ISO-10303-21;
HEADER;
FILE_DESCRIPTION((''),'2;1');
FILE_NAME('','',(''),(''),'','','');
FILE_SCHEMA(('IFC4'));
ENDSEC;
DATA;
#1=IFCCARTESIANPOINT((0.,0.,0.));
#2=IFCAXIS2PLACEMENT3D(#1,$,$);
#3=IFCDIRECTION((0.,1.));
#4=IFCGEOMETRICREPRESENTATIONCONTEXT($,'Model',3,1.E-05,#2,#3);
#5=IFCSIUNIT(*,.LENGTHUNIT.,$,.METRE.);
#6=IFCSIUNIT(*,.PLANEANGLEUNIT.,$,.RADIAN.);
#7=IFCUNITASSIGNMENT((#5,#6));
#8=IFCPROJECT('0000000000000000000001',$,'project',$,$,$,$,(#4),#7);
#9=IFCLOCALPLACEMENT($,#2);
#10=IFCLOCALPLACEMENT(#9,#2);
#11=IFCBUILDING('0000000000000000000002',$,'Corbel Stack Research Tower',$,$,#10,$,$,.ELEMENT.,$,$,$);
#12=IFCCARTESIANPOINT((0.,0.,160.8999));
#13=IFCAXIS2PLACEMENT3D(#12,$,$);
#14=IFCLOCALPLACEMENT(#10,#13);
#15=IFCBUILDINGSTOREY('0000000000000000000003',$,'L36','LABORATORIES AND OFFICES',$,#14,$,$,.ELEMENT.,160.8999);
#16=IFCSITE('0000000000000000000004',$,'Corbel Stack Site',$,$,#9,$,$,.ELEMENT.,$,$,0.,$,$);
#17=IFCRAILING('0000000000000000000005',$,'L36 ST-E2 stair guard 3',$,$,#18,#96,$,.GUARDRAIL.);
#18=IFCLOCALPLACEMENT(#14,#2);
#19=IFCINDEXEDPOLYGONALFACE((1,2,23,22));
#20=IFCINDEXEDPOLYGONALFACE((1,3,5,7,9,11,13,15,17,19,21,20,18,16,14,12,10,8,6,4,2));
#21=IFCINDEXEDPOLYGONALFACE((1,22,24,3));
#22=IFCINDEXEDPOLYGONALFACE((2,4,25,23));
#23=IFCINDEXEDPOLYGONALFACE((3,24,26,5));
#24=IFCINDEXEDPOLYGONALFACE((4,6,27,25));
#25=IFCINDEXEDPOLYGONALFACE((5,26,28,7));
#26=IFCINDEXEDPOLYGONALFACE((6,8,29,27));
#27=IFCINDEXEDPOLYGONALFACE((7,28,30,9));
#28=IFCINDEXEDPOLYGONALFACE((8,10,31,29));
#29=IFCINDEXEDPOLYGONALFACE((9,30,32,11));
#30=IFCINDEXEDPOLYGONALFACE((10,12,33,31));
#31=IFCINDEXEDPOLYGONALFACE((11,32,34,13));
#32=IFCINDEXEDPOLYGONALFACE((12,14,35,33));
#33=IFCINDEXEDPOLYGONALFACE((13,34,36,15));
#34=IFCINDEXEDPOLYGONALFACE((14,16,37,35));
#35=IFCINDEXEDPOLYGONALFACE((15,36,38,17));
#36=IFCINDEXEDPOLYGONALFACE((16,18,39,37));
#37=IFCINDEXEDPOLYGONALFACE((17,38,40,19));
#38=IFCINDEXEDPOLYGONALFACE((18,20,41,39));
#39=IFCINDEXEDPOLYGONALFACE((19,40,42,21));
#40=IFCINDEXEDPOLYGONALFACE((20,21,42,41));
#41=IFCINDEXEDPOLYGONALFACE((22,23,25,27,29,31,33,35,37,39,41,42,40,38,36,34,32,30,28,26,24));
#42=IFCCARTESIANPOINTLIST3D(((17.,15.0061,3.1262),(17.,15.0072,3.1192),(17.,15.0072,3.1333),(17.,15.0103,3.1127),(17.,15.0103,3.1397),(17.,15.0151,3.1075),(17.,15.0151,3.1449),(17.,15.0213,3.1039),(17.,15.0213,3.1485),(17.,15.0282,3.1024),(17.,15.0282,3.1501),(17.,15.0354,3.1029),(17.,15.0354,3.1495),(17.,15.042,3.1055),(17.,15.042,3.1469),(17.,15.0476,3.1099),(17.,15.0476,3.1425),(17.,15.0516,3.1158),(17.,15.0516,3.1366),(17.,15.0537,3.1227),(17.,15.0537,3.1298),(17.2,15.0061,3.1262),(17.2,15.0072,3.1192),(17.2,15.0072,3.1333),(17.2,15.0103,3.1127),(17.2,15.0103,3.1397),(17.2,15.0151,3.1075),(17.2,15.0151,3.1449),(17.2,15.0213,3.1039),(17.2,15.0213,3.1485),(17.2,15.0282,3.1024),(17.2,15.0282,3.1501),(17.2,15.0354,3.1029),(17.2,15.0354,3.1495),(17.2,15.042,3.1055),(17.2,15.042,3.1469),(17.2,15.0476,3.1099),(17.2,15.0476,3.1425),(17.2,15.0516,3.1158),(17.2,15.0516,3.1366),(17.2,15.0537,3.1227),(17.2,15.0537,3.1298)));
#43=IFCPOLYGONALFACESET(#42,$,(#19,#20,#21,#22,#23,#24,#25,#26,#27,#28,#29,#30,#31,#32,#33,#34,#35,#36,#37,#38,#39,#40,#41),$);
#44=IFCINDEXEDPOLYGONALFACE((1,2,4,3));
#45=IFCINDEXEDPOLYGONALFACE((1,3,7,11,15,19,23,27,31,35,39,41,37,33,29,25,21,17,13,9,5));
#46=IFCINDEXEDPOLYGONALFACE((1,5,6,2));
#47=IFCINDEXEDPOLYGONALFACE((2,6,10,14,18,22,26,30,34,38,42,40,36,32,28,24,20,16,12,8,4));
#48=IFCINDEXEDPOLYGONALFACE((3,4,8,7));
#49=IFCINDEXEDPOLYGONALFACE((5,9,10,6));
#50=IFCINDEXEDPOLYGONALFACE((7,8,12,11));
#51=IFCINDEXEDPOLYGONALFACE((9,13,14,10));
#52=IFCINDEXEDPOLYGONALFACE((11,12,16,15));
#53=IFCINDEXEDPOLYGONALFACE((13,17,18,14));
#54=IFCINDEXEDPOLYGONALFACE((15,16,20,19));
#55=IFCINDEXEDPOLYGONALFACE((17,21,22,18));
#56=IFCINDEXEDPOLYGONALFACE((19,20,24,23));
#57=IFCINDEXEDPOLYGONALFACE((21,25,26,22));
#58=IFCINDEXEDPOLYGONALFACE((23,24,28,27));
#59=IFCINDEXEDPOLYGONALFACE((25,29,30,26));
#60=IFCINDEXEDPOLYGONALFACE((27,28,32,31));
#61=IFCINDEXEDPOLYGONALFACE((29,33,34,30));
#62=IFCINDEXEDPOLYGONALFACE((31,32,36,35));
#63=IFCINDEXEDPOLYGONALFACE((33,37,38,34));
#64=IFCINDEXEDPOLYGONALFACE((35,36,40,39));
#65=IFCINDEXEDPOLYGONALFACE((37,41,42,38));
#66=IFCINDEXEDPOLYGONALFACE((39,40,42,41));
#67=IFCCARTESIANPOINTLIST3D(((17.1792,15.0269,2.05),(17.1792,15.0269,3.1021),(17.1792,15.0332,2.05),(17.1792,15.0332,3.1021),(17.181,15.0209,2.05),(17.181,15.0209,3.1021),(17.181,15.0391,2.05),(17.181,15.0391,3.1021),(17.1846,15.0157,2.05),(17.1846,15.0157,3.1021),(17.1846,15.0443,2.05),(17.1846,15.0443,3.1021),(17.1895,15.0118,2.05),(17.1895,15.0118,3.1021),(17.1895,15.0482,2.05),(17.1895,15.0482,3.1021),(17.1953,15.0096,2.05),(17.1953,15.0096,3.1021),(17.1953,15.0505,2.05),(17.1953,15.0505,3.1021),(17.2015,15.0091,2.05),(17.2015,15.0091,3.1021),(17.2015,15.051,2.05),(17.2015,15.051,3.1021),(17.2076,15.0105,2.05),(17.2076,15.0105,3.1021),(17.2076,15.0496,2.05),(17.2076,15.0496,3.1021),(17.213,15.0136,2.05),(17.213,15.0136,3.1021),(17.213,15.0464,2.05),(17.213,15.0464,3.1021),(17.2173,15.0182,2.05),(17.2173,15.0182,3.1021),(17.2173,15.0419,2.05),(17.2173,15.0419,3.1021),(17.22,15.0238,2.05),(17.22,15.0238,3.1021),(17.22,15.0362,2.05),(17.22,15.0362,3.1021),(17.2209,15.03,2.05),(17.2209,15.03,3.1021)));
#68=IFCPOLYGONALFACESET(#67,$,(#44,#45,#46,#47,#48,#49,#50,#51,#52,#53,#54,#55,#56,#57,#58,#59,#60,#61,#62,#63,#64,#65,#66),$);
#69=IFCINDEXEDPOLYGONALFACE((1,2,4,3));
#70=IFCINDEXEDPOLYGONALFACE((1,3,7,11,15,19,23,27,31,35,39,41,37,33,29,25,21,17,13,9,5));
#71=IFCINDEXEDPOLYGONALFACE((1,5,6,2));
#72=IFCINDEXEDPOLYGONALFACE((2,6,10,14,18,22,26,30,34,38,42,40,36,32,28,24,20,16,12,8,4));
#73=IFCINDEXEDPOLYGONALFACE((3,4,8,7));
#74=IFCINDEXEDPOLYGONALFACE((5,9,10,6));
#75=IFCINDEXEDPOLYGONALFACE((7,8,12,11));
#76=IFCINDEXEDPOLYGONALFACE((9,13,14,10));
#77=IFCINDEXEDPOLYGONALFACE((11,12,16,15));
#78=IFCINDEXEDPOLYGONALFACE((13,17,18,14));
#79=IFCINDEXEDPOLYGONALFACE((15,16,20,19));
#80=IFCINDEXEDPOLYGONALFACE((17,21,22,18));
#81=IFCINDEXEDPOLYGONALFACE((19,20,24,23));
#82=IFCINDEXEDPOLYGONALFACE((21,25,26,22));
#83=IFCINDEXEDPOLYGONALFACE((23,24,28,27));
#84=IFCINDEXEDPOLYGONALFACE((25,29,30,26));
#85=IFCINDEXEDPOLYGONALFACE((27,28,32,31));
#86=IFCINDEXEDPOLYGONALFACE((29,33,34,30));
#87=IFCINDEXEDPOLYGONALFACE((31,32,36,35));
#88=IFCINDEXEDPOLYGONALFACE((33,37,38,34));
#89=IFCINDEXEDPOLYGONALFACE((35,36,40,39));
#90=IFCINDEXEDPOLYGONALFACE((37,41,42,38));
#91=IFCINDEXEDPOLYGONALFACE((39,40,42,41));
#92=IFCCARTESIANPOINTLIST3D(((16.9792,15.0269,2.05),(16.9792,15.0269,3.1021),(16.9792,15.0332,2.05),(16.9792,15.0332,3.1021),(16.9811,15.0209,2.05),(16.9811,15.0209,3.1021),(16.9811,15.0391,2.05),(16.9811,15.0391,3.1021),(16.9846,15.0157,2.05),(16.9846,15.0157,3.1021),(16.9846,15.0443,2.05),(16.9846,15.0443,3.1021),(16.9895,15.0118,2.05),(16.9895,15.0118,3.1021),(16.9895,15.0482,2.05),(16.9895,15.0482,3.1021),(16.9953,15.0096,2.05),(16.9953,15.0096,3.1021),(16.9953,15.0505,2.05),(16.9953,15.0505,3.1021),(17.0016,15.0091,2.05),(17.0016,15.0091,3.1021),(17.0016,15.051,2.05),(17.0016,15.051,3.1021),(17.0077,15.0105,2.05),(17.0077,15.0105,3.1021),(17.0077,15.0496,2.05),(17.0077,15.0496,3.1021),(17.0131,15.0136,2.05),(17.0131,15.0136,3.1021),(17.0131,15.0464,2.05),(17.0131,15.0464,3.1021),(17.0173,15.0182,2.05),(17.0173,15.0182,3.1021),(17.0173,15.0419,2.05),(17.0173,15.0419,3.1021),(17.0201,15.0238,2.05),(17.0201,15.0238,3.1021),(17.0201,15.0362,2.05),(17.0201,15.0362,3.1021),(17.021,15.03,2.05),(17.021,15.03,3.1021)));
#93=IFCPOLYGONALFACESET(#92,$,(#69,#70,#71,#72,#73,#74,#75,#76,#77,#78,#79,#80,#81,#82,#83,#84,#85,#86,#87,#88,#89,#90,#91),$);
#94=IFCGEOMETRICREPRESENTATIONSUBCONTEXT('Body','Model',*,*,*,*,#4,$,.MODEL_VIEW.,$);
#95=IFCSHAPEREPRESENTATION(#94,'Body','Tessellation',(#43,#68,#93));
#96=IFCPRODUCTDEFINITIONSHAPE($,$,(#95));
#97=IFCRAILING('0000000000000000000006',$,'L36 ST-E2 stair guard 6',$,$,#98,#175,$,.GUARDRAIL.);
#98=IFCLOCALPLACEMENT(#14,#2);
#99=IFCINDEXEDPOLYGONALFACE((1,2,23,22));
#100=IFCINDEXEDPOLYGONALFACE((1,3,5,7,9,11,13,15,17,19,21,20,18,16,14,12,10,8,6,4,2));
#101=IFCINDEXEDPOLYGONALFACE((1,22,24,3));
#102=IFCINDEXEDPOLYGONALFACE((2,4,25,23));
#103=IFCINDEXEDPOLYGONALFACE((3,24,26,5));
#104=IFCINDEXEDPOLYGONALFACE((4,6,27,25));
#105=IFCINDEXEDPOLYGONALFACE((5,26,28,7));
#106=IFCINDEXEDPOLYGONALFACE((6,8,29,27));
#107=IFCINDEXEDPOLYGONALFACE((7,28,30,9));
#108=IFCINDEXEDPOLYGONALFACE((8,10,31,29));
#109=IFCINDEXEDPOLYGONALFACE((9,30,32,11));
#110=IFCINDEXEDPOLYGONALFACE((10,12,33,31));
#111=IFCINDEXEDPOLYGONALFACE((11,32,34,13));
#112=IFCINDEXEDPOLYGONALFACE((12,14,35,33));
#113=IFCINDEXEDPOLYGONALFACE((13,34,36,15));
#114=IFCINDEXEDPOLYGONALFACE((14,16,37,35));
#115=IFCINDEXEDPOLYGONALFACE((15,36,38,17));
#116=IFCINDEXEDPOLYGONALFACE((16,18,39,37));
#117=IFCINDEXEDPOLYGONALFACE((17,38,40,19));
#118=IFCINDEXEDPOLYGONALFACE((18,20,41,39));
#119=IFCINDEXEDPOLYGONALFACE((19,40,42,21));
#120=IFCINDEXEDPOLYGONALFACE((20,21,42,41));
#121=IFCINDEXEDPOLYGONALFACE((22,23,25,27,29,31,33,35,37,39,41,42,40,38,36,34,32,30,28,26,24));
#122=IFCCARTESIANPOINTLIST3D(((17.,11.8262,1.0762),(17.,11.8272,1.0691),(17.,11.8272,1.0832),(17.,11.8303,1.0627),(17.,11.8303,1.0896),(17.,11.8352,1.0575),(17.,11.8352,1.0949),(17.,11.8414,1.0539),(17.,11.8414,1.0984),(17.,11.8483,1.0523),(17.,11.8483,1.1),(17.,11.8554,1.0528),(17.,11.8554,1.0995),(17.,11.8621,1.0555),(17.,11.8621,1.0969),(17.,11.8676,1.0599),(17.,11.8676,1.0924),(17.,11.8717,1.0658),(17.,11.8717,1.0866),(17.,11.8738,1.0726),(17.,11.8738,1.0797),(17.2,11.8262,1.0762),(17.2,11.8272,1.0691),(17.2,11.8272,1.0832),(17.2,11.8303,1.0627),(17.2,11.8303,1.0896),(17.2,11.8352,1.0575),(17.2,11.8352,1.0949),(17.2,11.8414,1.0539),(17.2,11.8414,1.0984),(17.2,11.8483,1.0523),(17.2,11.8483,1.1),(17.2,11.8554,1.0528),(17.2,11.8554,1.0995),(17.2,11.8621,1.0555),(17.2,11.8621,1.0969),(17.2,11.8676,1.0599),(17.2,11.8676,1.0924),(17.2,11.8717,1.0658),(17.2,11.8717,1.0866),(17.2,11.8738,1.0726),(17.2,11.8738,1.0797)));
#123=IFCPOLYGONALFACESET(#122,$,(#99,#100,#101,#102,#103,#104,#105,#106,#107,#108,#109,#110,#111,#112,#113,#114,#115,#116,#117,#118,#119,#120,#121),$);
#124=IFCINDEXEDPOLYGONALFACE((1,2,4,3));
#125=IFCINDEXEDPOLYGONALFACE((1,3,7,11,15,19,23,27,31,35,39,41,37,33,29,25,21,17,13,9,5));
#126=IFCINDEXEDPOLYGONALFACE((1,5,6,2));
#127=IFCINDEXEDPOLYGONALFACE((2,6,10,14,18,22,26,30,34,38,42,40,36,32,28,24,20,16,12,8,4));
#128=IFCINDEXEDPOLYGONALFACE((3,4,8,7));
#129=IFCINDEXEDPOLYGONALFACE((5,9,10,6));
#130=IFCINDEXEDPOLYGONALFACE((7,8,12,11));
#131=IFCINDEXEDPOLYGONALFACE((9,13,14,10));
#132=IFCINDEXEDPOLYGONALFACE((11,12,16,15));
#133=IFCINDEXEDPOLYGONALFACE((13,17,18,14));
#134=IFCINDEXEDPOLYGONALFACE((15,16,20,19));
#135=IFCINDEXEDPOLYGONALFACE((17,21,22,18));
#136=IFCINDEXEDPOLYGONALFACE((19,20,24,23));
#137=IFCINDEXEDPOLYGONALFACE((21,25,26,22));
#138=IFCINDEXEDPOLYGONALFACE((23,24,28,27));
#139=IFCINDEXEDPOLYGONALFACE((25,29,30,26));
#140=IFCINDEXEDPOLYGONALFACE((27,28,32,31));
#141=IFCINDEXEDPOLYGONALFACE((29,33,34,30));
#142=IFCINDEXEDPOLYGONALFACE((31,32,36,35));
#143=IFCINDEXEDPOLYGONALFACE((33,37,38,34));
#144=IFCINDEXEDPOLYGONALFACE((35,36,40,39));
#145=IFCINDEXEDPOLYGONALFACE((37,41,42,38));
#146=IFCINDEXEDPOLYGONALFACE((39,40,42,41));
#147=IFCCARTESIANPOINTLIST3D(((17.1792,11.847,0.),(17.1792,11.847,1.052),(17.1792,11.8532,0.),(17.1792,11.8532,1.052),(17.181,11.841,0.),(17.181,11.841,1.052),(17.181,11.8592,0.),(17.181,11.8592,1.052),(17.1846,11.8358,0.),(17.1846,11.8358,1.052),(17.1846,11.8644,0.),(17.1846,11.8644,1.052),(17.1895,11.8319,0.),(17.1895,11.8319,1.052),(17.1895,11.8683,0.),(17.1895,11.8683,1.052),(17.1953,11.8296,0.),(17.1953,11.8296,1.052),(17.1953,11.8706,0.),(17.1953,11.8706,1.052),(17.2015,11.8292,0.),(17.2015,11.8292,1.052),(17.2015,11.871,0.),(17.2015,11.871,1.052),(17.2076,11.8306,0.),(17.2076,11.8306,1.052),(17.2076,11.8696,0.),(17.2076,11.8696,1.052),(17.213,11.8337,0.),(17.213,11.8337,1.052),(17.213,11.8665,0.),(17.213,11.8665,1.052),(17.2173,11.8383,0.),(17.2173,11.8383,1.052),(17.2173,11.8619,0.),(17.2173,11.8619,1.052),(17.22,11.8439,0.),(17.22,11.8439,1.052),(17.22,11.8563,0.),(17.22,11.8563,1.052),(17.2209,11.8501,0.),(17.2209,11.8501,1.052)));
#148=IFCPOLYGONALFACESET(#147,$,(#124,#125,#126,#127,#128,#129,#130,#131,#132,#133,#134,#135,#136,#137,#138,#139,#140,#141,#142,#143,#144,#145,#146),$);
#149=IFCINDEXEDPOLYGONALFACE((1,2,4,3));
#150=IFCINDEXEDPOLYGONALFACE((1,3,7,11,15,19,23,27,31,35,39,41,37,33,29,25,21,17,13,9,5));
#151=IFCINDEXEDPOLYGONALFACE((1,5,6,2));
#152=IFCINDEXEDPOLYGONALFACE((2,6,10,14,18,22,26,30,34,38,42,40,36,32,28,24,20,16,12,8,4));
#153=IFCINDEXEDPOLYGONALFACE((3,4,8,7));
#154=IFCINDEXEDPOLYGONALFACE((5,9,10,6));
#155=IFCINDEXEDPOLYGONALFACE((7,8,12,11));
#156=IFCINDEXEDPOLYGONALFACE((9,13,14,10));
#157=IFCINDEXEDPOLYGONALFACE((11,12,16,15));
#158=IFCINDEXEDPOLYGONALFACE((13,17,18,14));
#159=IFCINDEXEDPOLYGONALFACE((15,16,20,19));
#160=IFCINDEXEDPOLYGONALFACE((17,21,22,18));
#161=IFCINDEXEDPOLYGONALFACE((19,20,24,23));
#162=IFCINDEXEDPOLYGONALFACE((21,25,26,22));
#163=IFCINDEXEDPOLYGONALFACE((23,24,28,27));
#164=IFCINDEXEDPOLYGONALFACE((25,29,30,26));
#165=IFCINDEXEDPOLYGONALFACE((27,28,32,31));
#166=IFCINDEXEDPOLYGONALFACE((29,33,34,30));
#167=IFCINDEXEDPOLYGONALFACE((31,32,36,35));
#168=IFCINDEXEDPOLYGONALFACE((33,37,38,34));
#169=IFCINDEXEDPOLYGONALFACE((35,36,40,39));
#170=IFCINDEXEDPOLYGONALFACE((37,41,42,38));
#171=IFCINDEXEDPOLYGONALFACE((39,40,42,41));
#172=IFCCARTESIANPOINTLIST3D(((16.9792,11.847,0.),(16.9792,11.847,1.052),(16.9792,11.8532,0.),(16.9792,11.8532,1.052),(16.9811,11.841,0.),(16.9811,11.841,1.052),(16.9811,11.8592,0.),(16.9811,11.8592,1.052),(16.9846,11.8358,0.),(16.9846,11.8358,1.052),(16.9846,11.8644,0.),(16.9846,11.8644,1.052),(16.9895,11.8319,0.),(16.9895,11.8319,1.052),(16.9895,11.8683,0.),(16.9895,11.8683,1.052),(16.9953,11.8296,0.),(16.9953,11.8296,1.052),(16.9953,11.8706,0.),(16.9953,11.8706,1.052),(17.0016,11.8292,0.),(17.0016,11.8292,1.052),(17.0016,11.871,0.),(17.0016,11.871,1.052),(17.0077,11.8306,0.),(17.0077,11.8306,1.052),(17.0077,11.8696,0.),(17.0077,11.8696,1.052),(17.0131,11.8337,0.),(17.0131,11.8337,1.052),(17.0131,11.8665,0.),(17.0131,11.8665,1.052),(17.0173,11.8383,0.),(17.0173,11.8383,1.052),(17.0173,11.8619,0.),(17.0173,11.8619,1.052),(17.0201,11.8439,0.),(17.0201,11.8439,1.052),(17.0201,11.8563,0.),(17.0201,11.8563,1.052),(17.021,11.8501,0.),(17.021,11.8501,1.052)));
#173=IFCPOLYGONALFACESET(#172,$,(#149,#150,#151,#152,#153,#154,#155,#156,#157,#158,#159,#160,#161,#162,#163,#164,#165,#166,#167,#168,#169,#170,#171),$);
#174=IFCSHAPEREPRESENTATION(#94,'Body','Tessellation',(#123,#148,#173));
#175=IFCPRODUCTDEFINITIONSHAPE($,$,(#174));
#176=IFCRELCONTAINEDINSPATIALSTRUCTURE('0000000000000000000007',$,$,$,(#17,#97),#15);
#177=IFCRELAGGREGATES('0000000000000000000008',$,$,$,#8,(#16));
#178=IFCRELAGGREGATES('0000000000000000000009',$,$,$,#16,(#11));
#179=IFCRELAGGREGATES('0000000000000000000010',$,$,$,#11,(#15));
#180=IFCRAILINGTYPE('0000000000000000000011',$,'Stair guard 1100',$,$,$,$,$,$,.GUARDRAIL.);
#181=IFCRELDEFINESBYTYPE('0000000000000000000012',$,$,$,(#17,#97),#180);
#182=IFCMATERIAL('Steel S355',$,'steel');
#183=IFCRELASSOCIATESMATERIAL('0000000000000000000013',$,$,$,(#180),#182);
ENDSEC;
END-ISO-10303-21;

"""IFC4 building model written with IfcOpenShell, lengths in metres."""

from ifc_helpers import new_model, si_unit, direction, frame, origin, origin_2d, place, context, subcontext, project, spatial, circle, extrude, material, type_object, element, save


model = new_model("IFC4")

# Units and contexts
model_context = context("Model", 3, precision=1e-05, world=origin(), true_north=direction((0.0, 1.0)))
body_context = subcontext(model_context, "Body", "Model", "MODEL_VIEW")
ifc_project = project(units=[si_unit("LENGTHUNIT", "METRE"), si_unit("PLANEANGLEUNIT", "RADIAN")], contexts=[model_context])

# Site, building, storey
site_placement = place(None, origin())
site = spatial("IfcSite", under=ifc_project, at=site_placement, Name="Corbel Stack Site", CompositionType="ELEMENT", RefElevation=0.0)
building_placement = place(site_placement, origin())
building = spatial("IfcBuilding", under=site, at=building_placement, Name="Corbel Stack Research Tower", CompositionType="ELEMENT")
storey_placement = place(building_placement, frame((0.0, 0.0, 160.8999)))
storey = spatial("IfcBuildingStorey", under=building, at=storey_placement, Name="L36", Description="LABORATORIES AND OFFICES", CompositionType="ELEMENT", Elevation=160.8999)

# Railings
ifc_material_1 = material(Name="Steel S355", Category="steel")
railing_type_1 = type_object("IfcRailingType", Name="Stair guard 1100", PredefinedType="GUARDRAIL", material=ifc_material_1)
for number, where, name in (
    (1, (17.2, 15.03, 2.05), "L36 ST-E2 stair guard 3"),
    (2, (17.2, 11.8501, 0.0), "L36 ST-E2 stair guard 6"),
):
    element("IfcRailing", number, at=place(storey_placement, frame(where)), inside=storey, type_object=railing_type_1, Name=name, PredefinedType="GUARDRAIL", context=body_context, shape_type="SweptSolid", body=[
        extrude(circle(Radius=0.0239, at=origin_2d()), frame((0.0, 0.0, 1.0762), z_axis=(-1.0, 0.0, 0.0), x_axis=(0.0, -1.0, 0.0)), (0.0, 0.0, 1.0), 0.2),
        extrude(circle(Radius=0.021, at=origin_2d()), origin(), (0.0, 0.0, 1.0), 1.052),
        extrude(circle(Radius=0.021, at=origin_2d()), frame((-0.2, 0.0, 0.0)), (0.0, 0.0, 1.0), 1.052),
    ])

save(model, "model.ifc")
